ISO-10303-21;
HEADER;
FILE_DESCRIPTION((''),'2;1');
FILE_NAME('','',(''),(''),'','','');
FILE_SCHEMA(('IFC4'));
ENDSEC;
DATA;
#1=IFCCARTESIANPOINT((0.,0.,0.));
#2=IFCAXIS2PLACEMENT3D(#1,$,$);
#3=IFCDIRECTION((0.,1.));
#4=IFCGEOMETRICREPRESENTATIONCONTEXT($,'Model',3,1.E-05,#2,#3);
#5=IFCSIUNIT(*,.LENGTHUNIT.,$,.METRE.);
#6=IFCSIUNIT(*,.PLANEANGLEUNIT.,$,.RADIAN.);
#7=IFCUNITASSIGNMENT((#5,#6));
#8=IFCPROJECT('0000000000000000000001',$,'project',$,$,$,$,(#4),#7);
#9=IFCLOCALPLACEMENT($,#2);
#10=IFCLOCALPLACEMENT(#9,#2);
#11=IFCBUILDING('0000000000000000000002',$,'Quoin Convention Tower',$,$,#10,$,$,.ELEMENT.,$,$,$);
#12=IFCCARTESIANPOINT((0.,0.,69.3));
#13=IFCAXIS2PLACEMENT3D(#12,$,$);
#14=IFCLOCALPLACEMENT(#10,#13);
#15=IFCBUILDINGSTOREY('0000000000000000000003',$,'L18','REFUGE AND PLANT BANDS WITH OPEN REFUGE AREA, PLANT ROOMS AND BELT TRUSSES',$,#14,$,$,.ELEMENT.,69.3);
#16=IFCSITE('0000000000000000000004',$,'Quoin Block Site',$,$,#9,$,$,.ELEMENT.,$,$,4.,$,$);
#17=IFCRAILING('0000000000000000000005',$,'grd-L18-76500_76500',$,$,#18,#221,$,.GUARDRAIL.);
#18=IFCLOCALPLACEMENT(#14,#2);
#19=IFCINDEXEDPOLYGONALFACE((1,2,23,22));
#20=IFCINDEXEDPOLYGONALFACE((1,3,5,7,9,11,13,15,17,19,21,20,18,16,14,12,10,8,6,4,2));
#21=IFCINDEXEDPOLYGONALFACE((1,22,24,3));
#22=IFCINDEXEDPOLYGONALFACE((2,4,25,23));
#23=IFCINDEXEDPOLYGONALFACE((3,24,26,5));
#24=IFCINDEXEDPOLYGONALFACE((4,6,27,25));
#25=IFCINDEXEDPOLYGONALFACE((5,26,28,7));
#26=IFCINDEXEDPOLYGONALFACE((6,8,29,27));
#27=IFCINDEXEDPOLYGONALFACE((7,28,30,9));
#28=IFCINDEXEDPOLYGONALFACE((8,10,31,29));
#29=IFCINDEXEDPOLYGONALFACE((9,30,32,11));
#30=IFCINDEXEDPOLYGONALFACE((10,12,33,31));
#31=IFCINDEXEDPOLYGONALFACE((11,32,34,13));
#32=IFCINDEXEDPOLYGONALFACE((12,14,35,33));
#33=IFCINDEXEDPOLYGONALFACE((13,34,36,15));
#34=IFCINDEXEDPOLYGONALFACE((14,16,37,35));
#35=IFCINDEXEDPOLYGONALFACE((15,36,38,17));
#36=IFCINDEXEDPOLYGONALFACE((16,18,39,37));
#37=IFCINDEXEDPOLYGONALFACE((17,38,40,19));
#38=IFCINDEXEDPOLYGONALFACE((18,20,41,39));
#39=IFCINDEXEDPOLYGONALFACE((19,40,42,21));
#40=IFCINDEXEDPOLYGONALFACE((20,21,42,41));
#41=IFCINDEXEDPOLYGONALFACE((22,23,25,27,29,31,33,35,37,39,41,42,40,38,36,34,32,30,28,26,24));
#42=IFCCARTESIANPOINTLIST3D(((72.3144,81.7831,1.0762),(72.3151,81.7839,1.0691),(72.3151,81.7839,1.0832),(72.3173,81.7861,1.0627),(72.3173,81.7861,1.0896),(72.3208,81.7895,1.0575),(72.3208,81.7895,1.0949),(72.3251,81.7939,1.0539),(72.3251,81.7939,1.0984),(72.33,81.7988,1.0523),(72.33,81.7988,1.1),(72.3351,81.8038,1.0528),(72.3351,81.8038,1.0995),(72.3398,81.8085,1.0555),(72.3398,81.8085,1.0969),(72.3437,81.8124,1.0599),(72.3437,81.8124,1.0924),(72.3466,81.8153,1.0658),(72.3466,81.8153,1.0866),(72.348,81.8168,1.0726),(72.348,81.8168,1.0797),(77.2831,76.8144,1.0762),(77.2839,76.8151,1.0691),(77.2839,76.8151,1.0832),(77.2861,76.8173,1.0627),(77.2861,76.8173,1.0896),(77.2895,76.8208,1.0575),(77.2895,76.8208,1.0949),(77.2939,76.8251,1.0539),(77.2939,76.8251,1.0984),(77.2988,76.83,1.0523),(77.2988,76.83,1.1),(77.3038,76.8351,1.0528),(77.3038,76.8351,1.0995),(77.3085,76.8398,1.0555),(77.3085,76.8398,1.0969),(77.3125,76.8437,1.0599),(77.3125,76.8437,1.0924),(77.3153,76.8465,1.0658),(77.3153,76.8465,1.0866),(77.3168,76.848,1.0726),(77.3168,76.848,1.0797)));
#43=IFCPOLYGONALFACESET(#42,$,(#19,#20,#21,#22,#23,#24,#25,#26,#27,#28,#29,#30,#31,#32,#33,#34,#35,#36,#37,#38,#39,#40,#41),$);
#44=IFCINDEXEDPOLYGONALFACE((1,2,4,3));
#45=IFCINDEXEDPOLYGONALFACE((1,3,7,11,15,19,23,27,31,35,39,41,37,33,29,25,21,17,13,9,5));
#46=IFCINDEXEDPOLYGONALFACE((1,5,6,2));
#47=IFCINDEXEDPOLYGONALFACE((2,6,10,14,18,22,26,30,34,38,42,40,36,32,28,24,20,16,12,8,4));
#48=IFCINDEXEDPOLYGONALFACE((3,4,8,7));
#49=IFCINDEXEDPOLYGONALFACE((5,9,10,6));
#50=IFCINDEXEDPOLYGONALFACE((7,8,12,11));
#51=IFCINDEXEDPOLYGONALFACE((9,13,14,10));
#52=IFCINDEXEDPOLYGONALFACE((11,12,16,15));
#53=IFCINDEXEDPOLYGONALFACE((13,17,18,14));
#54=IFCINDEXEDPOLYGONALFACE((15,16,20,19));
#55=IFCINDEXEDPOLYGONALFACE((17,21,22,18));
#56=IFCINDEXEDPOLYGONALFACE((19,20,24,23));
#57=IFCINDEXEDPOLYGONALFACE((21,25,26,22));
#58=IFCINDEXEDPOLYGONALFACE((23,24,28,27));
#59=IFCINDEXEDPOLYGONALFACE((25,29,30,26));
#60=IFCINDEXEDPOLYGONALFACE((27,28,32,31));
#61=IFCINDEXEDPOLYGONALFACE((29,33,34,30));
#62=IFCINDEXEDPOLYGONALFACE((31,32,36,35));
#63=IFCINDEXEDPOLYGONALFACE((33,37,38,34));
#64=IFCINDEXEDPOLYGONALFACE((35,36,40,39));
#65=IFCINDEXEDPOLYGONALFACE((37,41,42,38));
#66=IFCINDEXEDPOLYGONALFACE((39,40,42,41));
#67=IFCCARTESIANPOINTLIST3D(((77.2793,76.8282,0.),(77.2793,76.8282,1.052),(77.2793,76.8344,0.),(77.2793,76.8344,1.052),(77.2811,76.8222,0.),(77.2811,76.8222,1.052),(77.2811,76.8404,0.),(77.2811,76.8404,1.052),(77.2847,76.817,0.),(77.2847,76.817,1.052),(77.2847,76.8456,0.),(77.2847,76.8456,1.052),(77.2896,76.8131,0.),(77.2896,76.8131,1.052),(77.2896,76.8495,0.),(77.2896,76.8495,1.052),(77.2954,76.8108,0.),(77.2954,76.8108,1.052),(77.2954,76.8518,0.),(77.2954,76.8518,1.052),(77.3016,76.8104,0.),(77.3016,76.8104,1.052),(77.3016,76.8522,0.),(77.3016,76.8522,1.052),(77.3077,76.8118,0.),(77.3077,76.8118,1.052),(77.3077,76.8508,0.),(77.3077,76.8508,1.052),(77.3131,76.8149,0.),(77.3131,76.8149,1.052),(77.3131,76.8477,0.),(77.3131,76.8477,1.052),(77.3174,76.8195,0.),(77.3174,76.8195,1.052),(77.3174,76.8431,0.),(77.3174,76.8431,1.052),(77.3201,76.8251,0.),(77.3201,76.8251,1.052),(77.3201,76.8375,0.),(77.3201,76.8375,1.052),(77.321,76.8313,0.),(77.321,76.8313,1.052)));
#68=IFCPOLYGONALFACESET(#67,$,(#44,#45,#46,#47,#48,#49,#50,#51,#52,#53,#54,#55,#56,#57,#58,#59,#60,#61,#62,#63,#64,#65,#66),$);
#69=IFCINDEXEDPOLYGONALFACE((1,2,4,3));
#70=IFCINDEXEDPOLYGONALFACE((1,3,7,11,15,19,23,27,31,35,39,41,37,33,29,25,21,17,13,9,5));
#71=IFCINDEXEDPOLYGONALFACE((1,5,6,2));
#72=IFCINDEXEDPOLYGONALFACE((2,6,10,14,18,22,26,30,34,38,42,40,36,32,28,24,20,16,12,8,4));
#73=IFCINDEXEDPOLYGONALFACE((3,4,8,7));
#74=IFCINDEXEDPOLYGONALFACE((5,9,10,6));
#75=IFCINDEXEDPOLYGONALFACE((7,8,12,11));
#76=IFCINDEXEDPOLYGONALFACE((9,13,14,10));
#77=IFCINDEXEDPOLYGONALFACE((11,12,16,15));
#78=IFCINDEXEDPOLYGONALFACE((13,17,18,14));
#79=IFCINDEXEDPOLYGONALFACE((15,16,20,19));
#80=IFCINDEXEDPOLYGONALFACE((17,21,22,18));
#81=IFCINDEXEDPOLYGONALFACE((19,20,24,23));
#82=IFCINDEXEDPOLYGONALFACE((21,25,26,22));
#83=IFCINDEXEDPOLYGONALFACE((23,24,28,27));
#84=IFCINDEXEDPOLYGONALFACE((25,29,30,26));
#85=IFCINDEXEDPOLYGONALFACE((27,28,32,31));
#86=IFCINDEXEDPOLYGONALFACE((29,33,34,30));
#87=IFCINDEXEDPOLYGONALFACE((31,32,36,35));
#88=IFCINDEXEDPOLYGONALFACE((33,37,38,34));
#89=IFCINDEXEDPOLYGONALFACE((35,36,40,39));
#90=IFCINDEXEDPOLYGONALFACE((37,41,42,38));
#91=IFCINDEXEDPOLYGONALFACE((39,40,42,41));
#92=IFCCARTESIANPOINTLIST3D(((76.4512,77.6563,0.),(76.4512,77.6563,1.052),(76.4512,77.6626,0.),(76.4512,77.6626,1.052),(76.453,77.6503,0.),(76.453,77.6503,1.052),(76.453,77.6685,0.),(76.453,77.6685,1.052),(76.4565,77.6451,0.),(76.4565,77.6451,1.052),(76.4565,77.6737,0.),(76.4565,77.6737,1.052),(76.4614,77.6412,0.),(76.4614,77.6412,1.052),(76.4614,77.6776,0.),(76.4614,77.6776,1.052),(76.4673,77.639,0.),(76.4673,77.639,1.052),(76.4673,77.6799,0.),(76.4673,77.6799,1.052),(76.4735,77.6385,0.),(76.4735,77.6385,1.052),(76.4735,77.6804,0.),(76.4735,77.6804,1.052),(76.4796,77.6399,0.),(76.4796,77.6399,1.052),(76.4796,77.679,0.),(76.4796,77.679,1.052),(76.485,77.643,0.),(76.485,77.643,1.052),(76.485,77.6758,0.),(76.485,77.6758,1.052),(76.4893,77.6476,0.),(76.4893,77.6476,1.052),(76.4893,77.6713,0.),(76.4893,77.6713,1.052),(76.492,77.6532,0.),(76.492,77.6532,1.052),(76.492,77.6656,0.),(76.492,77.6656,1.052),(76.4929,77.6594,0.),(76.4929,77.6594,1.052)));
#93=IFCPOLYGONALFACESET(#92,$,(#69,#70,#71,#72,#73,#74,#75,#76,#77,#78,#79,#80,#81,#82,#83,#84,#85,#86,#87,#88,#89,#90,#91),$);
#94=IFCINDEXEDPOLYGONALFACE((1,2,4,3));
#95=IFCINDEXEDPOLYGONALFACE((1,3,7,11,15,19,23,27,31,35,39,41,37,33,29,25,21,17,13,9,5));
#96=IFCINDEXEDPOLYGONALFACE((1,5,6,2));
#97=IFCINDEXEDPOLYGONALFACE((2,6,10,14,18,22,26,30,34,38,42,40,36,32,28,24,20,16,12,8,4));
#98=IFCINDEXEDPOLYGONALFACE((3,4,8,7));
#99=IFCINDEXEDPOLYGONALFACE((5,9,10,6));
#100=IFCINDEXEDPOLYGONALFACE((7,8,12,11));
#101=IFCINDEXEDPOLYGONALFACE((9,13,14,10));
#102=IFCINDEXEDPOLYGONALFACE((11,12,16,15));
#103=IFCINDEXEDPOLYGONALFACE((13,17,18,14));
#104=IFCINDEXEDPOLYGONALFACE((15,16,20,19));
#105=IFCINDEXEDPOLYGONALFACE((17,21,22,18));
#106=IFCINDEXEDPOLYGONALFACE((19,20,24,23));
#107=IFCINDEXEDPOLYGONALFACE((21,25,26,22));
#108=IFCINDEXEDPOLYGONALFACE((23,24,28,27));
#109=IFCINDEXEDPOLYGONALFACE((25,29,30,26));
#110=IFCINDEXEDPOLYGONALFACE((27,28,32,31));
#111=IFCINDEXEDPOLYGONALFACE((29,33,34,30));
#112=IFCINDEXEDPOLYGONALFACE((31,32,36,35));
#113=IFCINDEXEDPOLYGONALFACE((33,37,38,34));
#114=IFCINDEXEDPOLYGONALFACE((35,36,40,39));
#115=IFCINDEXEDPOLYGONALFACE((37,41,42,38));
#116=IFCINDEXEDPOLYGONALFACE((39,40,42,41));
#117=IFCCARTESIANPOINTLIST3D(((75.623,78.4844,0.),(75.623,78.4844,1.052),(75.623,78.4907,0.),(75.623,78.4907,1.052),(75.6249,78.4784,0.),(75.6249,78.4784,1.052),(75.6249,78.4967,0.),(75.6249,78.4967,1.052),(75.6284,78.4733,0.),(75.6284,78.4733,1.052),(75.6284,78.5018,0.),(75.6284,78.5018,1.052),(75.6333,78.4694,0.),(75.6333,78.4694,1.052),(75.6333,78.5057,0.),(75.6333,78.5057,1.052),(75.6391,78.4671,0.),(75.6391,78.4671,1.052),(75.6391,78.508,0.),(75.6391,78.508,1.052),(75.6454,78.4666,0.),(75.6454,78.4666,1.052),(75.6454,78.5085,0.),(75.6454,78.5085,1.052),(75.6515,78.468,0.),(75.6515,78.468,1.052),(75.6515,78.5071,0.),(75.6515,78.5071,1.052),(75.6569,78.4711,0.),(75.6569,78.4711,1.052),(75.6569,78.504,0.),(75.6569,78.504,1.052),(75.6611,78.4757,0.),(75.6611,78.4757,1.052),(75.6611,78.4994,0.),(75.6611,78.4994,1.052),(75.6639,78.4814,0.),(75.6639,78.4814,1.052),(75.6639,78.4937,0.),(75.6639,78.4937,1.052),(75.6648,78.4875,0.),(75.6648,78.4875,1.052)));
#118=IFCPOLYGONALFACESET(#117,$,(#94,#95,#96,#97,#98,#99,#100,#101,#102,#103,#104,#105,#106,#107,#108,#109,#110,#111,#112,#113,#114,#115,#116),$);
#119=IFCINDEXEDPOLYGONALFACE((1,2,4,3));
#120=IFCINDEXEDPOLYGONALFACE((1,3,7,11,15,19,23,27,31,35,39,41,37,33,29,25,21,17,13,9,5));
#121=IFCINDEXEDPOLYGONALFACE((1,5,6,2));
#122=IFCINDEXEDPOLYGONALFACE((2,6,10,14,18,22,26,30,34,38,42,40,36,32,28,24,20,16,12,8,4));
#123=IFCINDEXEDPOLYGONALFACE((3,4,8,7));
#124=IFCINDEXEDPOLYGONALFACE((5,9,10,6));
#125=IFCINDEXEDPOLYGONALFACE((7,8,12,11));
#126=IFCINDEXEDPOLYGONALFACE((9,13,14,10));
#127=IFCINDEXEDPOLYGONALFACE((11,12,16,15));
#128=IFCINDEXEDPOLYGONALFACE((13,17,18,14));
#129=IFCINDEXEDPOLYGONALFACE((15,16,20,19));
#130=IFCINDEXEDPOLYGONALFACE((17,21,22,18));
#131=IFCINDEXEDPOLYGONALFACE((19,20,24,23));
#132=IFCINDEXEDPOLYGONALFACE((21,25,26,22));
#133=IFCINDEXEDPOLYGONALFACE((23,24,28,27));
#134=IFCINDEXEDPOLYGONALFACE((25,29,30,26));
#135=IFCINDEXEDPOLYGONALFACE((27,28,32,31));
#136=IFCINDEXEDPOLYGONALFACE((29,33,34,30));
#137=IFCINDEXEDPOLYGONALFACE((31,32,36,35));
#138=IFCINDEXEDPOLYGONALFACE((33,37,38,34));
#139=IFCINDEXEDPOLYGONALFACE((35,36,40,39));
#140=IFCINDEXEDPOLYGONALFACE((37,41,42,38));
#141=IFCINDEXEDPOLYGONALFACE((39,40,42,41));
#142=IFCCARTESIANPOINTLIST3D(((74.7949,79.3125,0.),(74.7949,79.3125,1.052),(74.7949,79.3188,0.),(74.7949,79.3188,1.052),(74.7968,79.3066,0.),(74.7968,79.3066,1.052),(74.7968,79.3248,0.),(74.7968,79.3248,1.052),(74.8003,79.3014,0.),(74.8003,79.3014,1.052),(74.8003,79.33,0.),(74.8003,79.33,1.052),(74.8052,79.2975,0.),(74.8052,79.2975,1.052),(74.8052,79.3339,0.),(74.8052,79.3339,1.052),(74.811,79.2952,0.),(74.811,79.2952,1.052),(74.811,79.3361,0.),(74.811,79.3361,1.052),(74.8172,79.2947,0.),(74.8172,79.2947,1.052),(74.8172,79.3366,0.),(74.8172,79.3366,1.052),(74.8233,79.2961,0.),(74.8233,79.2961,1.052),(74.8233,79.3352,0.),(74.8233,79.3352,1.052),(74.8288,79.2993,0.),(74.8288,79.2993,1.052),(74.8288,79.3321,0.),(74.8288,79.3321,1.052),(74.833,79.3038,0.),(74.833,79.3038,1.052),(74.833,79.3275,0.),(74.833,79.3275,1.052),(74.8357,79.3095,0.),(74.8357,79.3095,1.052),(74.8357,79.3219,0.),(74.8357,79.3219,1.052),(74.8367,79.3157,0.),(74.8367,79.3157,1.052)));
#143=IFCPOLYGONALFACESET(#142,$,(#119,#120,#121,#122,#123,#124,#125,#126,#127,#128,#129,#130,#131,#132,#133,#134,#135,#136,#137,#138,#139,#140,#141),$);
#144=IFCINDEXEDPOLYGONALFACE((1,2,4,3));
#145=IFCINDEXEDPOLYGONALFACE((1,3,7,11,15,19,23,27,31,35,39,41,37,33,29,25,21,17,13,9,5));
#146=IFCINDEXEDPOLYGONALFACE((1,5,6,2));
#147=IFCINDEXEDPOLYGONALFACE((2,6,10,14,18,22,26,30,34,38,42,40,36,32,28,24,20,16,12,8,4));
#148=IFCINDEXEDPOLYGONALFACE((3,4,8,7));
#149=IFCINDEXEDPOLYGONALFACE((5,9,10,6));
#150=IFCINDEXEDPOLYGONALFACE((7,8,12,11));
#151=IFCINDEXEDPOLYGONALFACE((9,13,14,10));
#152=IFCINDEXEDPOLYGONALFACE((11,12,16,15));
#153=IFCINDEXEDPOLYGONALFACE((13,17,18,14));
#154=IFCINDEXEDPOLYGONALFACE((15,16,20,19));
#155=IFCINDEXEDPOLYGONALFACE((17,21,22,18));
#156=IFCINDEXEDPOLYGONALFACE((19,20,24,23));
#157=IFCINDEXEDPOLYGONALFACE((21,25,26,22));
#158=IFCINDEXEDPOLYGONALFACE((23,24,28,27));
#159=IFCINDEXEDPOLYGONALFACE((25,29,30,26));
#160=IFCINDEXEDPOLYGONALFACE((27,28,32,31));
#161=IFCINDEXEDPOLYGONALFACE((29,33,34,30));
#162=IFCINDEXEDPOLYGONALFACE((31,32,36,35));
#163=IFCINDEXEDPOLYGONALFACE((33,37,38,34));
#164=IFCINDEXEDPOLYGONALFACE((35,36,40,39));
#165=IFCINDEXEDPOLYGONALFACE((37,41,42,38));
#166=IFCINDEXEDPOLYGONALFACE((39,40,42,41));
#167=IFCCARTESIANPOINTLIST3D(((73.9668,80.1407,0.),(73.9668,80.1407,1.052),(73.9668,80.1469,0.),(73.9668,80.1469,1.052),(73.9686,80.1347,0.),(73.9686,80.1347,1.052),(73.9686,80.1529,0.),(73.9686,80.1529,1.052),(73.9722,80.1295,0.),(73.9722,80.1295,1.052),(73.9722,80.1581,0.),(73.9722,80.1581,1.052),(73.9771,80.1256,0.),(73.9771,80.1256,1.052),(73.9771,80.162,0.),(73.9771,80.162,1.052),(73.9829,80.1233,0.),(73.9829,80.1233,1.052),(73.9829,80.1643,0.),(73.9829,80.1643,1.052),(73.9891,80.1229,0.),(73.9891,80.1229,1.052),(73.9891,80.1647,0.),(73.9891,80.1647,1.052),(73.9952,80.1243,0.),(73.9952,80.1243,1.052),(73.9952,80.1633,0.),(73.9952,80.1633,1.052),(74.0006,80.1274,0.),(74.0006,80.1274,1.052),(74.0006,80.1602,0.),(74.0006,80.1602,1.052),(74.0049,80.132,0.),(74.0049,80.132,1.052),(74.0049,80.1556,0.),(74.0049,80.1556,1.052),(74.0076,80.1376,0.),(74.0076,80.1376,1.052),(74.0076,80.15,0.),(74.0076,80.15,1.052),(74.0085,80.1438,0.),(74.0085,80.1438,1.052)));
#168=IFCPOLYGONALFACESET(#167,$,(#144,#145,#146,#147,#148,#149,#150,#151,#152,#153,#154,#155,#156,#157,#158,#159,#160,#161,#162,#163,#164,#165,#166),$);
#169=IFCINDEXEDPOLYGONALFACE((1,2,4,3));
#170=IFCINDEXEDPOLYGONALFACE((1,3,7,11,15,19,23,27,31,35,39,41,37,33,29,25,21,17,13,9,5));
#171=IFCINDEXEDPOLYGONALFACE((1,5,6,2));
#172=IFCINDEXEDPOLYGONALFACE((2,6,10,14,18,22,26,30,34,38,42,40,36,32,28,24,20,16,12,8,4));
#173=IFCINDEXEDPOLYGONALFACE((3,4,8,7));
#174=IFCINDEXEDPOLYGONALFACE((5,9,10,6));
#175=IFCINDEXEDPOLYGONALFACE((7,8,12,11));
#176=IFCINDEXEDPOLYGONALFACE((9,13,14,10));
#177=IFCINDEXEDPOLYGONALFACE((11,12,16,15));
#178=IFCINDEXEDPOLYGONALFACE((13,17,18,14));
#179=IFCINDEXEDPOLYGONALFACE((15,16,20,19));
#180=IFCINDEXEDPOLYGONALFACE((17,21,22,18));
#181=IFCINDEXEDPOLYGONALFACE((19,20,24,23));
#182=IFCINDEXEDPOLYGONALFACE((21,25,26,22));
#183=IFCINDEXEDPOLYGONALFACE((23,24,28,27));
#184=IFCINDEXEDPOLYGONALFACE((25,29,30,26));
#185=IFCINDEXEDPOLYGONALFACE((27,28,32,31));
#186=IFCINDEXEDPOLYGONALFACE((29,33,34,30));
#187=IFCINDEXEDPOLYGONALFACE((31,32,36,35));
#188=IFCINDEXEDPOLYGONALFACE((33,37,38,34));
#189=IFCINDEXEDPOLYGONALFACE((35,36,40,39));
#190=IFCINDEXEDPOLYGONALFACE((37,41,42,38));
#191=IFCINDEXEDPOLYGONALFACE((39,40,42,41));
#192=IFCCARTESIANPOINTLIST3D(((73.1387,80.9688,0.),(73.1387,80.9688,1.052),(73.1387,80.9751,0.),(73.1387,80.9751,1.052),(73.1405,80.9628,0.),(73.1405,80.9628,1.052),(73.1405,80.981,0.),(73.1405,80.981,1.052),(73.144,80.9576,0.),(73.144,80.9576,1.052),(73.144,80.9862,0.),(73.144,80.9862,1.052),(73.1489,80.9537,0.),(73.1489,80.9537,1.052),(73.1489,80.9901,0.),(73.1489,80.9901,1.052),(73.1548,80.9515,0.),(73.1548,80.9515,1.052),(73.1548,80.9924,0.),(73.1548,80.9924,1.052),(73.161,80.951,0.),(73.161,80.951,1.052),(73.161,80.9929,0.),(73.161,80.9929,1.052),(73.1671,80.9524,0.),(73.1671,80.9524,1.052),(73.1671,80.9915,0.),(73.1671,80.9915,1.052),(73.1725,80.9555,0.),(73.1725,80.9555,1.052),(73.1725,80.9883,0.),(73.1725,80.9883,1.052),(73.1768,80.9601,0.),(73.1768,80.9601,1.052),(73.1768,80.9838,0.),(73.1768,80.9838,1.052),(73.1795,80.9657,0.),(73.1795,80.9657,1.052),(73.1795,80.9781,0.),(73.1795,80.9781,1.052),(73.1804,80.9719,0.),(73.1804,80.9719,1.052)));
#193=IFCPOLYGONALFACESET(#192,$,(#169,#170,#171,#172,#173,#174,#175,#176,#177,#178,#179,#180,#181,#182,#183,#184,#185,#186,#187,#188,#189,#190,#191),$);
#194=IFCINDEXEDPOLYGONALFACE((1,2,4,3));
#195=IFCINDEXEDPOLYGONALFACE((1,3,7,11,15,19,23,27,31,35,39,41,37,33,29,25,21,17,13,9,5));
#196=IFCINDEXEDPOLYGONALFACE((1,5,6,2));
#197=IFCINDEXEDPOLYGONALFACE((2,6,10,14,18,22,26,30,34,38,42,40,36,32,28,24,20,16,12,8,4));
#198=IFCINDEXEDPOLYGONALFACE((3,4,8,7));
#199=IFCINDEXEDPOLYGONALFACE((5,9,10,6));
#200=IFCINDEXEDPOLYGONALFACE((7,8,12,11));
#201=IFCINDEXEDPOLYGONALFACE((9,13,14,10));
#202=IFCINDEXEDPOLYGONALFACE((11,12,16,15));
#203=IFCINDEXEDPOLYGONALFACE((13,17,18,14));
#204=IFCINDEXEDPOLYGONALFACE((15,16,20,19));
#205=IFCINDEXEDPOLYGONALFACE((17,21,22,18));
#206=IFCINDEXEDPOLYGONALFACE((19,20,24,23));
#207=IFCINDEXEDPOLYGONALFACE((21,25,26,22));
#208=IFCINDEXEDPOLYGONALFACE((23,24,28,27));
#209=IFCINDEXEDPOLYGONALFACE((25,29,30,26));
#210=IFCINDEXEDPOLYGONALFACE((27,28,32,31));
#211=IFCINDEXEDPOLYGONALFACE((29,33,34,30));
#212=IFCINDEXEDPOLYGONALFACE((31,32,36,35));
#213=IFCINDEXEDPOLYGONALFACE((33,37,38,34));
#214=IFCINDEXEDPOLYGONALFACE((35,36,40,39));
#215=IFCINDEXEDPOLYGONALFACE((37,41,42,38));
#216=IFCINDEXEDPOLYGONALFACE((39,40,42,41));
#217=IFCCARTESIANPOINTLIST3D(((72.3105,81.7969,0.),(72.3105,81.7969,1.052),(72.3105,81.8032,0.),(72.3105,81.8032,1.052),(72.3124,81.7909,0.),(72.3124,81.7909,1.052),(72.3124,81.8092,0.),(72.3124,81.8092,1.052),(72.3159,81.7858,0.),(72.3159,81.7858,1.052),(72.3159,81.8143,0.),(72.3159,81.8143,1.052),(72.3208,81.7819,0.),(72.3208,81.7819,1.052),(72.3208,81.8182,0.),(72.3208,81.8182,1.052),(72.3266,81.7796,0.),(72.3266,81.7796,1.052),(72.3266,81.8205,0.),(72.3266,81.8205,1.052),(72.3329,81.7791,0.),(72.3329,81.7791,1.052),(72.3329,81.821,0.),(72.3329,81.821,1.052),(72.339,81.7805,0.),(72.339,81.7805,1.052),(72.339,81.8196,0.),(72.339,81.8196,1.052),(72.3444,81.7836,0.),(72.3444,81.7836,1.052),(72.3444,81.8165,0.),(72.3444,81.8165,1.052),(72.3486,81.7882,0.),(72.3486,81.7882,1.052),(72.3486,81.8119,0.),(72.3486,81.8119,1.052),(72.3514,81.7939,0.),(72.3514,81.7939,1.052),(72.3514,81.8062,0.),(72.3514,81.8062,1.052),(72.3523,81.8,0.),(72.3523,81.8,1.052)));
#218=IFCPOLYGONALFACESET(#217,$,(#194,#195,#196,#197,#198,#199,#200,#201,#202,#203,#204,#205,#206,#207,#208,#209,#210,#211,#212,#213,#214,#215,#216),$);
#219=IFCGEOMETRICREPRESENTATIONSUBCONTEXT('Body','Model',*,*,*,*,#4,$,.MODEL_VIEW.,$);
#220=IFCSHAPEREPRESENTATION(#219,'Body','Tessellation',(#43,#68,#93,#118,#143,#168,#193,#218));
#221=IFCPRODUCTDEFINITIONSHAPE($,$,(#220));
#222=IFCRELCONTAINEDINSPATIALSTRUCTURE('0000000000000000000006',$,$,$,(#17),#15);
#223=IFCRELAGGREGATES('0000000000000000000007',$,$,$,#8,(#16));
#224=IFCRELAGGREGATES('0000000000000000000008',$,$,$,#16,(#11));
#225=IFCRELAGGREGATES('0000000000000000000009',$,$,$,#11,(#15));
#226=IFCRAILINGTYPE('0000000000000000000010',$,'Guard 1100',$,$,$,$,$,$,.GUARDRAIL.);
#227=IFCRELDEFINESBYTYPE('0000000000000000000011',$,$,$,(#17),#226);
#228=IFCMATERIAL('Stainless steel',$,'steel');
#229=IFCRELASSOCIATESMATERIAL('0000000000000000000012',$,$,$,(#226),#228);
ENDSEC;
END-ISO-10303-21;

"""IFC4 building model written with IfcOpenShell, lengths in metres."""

from ifc_helpers import new_model, si_unit, direction, frame, origin, origin_2d, place, context, subcontext, project, spatial, circle, extrude, material, type_object, element, save


model = new_model("IFC4")

# Units and contexts
model_context = context("Model", 3, precision=1e-05, world=origin(), true_north=direction((0.0, 1.0)))
body_context = subcontext(model_context, "Body", "Model", "MODEL_VIEW")
ifc_project = project(units=[si_unit("LENGTHUNIT", "METRE"), si_unit("PLANEANGLEUNIT", "RADIAN")], contexts=[model_context])

# Site, building, storey
site_placement = place(None, origin())
site = spatial("IfcSite", under=ifc_project, at=site_placement, Name="Quoin Block Site", CompositionType="ELEMENT", RefElevation=4.0)
building_placement = place(site_placement, origin())
building = spatial("IfcBuilding", under=site, at=building_placement, Name="Quoin Convention Tower", CompositionType="ELEMENT")
storey_placement = place(building_placement, frame((0.0, 0.0, 69.3)))
storey = spatial("IfcBuildingStorey", under=building, at=storey_placement, Name="L18", Description="REFUGE AND PLANT BANDS WITH OPEN REFUGE AREA, PLANT ROOMS AND BELT TRUSSES", CompositionType="ELEMENT", Elevation=69.3)

# Railing
ifc_material_1 = material(Name="Stainless steel", Category="steel")
railing_type = type_object("IfcRailingType", Name="Guard 1100", PredefinedType="GUARDRAIL", material=ifc_material_1)
railing_1_placement = place(storey_placement, frame((77.3, 76.8313, 0.0)))
element("IfcRailing", 1, at=railing_1_placement, inside=storey, type_object=railing_type, Name="grd-L18-76500_76500", PredefinedType="GUARDRAIL", context=body_context, shape_type="SweptSolid", body=[
    extrude(circle(Radius=0.0239, at=origin_2d()), frame((0.0, 0.0, 1.0762), z_axis=(-0.707107, 0.707107, 0.0), x_axis=(-0.707107, -0.707107, 0.0)), (0.0, 0.0, 1.0), 7.0269),
    extrude(circle(Radius=0.021, at=origin_2d()), origin(), (0.0, 0.0, 1.0), 1.052),
    extrude(circle(Radius=0.021, at=origin_2d()), frame((-0.8281, 0.8281, 0.0)), (0.0, 0.0, 1.0), 1.052),
    extrude(circle(Radius=0.021, at=origin_2d()), frame((-1.6562, 1.6562, 0.0)), (0.0, 0.0, 1.0), 1.052),
    extrude(circle(Radius=0.021, at=origin_2d()), frame((-2.4844, 2.4844, 0.0)), (0.0, 0.0, 1.0), 1.052),
    extrude(circle(Radius=0.021, at=origin_2d()), frame((-3.3125, 3.3125, 0.0)), (0.0, 0.0, 1.0), 1.052),
    extrude(circle(Radius=0.021, at=origin_2d()), frame((-4.1406, 4.1406, 0.0)), (0.0, 0.0, 1.0), 1.052),
    extrude(circle(Radius=0.021, at=origin_2d()), frame((-4.9688, 4.9688, 0.0)), (0.0, 0.0, 1.0), 1.052),
])

save(model, "model.ifc")
